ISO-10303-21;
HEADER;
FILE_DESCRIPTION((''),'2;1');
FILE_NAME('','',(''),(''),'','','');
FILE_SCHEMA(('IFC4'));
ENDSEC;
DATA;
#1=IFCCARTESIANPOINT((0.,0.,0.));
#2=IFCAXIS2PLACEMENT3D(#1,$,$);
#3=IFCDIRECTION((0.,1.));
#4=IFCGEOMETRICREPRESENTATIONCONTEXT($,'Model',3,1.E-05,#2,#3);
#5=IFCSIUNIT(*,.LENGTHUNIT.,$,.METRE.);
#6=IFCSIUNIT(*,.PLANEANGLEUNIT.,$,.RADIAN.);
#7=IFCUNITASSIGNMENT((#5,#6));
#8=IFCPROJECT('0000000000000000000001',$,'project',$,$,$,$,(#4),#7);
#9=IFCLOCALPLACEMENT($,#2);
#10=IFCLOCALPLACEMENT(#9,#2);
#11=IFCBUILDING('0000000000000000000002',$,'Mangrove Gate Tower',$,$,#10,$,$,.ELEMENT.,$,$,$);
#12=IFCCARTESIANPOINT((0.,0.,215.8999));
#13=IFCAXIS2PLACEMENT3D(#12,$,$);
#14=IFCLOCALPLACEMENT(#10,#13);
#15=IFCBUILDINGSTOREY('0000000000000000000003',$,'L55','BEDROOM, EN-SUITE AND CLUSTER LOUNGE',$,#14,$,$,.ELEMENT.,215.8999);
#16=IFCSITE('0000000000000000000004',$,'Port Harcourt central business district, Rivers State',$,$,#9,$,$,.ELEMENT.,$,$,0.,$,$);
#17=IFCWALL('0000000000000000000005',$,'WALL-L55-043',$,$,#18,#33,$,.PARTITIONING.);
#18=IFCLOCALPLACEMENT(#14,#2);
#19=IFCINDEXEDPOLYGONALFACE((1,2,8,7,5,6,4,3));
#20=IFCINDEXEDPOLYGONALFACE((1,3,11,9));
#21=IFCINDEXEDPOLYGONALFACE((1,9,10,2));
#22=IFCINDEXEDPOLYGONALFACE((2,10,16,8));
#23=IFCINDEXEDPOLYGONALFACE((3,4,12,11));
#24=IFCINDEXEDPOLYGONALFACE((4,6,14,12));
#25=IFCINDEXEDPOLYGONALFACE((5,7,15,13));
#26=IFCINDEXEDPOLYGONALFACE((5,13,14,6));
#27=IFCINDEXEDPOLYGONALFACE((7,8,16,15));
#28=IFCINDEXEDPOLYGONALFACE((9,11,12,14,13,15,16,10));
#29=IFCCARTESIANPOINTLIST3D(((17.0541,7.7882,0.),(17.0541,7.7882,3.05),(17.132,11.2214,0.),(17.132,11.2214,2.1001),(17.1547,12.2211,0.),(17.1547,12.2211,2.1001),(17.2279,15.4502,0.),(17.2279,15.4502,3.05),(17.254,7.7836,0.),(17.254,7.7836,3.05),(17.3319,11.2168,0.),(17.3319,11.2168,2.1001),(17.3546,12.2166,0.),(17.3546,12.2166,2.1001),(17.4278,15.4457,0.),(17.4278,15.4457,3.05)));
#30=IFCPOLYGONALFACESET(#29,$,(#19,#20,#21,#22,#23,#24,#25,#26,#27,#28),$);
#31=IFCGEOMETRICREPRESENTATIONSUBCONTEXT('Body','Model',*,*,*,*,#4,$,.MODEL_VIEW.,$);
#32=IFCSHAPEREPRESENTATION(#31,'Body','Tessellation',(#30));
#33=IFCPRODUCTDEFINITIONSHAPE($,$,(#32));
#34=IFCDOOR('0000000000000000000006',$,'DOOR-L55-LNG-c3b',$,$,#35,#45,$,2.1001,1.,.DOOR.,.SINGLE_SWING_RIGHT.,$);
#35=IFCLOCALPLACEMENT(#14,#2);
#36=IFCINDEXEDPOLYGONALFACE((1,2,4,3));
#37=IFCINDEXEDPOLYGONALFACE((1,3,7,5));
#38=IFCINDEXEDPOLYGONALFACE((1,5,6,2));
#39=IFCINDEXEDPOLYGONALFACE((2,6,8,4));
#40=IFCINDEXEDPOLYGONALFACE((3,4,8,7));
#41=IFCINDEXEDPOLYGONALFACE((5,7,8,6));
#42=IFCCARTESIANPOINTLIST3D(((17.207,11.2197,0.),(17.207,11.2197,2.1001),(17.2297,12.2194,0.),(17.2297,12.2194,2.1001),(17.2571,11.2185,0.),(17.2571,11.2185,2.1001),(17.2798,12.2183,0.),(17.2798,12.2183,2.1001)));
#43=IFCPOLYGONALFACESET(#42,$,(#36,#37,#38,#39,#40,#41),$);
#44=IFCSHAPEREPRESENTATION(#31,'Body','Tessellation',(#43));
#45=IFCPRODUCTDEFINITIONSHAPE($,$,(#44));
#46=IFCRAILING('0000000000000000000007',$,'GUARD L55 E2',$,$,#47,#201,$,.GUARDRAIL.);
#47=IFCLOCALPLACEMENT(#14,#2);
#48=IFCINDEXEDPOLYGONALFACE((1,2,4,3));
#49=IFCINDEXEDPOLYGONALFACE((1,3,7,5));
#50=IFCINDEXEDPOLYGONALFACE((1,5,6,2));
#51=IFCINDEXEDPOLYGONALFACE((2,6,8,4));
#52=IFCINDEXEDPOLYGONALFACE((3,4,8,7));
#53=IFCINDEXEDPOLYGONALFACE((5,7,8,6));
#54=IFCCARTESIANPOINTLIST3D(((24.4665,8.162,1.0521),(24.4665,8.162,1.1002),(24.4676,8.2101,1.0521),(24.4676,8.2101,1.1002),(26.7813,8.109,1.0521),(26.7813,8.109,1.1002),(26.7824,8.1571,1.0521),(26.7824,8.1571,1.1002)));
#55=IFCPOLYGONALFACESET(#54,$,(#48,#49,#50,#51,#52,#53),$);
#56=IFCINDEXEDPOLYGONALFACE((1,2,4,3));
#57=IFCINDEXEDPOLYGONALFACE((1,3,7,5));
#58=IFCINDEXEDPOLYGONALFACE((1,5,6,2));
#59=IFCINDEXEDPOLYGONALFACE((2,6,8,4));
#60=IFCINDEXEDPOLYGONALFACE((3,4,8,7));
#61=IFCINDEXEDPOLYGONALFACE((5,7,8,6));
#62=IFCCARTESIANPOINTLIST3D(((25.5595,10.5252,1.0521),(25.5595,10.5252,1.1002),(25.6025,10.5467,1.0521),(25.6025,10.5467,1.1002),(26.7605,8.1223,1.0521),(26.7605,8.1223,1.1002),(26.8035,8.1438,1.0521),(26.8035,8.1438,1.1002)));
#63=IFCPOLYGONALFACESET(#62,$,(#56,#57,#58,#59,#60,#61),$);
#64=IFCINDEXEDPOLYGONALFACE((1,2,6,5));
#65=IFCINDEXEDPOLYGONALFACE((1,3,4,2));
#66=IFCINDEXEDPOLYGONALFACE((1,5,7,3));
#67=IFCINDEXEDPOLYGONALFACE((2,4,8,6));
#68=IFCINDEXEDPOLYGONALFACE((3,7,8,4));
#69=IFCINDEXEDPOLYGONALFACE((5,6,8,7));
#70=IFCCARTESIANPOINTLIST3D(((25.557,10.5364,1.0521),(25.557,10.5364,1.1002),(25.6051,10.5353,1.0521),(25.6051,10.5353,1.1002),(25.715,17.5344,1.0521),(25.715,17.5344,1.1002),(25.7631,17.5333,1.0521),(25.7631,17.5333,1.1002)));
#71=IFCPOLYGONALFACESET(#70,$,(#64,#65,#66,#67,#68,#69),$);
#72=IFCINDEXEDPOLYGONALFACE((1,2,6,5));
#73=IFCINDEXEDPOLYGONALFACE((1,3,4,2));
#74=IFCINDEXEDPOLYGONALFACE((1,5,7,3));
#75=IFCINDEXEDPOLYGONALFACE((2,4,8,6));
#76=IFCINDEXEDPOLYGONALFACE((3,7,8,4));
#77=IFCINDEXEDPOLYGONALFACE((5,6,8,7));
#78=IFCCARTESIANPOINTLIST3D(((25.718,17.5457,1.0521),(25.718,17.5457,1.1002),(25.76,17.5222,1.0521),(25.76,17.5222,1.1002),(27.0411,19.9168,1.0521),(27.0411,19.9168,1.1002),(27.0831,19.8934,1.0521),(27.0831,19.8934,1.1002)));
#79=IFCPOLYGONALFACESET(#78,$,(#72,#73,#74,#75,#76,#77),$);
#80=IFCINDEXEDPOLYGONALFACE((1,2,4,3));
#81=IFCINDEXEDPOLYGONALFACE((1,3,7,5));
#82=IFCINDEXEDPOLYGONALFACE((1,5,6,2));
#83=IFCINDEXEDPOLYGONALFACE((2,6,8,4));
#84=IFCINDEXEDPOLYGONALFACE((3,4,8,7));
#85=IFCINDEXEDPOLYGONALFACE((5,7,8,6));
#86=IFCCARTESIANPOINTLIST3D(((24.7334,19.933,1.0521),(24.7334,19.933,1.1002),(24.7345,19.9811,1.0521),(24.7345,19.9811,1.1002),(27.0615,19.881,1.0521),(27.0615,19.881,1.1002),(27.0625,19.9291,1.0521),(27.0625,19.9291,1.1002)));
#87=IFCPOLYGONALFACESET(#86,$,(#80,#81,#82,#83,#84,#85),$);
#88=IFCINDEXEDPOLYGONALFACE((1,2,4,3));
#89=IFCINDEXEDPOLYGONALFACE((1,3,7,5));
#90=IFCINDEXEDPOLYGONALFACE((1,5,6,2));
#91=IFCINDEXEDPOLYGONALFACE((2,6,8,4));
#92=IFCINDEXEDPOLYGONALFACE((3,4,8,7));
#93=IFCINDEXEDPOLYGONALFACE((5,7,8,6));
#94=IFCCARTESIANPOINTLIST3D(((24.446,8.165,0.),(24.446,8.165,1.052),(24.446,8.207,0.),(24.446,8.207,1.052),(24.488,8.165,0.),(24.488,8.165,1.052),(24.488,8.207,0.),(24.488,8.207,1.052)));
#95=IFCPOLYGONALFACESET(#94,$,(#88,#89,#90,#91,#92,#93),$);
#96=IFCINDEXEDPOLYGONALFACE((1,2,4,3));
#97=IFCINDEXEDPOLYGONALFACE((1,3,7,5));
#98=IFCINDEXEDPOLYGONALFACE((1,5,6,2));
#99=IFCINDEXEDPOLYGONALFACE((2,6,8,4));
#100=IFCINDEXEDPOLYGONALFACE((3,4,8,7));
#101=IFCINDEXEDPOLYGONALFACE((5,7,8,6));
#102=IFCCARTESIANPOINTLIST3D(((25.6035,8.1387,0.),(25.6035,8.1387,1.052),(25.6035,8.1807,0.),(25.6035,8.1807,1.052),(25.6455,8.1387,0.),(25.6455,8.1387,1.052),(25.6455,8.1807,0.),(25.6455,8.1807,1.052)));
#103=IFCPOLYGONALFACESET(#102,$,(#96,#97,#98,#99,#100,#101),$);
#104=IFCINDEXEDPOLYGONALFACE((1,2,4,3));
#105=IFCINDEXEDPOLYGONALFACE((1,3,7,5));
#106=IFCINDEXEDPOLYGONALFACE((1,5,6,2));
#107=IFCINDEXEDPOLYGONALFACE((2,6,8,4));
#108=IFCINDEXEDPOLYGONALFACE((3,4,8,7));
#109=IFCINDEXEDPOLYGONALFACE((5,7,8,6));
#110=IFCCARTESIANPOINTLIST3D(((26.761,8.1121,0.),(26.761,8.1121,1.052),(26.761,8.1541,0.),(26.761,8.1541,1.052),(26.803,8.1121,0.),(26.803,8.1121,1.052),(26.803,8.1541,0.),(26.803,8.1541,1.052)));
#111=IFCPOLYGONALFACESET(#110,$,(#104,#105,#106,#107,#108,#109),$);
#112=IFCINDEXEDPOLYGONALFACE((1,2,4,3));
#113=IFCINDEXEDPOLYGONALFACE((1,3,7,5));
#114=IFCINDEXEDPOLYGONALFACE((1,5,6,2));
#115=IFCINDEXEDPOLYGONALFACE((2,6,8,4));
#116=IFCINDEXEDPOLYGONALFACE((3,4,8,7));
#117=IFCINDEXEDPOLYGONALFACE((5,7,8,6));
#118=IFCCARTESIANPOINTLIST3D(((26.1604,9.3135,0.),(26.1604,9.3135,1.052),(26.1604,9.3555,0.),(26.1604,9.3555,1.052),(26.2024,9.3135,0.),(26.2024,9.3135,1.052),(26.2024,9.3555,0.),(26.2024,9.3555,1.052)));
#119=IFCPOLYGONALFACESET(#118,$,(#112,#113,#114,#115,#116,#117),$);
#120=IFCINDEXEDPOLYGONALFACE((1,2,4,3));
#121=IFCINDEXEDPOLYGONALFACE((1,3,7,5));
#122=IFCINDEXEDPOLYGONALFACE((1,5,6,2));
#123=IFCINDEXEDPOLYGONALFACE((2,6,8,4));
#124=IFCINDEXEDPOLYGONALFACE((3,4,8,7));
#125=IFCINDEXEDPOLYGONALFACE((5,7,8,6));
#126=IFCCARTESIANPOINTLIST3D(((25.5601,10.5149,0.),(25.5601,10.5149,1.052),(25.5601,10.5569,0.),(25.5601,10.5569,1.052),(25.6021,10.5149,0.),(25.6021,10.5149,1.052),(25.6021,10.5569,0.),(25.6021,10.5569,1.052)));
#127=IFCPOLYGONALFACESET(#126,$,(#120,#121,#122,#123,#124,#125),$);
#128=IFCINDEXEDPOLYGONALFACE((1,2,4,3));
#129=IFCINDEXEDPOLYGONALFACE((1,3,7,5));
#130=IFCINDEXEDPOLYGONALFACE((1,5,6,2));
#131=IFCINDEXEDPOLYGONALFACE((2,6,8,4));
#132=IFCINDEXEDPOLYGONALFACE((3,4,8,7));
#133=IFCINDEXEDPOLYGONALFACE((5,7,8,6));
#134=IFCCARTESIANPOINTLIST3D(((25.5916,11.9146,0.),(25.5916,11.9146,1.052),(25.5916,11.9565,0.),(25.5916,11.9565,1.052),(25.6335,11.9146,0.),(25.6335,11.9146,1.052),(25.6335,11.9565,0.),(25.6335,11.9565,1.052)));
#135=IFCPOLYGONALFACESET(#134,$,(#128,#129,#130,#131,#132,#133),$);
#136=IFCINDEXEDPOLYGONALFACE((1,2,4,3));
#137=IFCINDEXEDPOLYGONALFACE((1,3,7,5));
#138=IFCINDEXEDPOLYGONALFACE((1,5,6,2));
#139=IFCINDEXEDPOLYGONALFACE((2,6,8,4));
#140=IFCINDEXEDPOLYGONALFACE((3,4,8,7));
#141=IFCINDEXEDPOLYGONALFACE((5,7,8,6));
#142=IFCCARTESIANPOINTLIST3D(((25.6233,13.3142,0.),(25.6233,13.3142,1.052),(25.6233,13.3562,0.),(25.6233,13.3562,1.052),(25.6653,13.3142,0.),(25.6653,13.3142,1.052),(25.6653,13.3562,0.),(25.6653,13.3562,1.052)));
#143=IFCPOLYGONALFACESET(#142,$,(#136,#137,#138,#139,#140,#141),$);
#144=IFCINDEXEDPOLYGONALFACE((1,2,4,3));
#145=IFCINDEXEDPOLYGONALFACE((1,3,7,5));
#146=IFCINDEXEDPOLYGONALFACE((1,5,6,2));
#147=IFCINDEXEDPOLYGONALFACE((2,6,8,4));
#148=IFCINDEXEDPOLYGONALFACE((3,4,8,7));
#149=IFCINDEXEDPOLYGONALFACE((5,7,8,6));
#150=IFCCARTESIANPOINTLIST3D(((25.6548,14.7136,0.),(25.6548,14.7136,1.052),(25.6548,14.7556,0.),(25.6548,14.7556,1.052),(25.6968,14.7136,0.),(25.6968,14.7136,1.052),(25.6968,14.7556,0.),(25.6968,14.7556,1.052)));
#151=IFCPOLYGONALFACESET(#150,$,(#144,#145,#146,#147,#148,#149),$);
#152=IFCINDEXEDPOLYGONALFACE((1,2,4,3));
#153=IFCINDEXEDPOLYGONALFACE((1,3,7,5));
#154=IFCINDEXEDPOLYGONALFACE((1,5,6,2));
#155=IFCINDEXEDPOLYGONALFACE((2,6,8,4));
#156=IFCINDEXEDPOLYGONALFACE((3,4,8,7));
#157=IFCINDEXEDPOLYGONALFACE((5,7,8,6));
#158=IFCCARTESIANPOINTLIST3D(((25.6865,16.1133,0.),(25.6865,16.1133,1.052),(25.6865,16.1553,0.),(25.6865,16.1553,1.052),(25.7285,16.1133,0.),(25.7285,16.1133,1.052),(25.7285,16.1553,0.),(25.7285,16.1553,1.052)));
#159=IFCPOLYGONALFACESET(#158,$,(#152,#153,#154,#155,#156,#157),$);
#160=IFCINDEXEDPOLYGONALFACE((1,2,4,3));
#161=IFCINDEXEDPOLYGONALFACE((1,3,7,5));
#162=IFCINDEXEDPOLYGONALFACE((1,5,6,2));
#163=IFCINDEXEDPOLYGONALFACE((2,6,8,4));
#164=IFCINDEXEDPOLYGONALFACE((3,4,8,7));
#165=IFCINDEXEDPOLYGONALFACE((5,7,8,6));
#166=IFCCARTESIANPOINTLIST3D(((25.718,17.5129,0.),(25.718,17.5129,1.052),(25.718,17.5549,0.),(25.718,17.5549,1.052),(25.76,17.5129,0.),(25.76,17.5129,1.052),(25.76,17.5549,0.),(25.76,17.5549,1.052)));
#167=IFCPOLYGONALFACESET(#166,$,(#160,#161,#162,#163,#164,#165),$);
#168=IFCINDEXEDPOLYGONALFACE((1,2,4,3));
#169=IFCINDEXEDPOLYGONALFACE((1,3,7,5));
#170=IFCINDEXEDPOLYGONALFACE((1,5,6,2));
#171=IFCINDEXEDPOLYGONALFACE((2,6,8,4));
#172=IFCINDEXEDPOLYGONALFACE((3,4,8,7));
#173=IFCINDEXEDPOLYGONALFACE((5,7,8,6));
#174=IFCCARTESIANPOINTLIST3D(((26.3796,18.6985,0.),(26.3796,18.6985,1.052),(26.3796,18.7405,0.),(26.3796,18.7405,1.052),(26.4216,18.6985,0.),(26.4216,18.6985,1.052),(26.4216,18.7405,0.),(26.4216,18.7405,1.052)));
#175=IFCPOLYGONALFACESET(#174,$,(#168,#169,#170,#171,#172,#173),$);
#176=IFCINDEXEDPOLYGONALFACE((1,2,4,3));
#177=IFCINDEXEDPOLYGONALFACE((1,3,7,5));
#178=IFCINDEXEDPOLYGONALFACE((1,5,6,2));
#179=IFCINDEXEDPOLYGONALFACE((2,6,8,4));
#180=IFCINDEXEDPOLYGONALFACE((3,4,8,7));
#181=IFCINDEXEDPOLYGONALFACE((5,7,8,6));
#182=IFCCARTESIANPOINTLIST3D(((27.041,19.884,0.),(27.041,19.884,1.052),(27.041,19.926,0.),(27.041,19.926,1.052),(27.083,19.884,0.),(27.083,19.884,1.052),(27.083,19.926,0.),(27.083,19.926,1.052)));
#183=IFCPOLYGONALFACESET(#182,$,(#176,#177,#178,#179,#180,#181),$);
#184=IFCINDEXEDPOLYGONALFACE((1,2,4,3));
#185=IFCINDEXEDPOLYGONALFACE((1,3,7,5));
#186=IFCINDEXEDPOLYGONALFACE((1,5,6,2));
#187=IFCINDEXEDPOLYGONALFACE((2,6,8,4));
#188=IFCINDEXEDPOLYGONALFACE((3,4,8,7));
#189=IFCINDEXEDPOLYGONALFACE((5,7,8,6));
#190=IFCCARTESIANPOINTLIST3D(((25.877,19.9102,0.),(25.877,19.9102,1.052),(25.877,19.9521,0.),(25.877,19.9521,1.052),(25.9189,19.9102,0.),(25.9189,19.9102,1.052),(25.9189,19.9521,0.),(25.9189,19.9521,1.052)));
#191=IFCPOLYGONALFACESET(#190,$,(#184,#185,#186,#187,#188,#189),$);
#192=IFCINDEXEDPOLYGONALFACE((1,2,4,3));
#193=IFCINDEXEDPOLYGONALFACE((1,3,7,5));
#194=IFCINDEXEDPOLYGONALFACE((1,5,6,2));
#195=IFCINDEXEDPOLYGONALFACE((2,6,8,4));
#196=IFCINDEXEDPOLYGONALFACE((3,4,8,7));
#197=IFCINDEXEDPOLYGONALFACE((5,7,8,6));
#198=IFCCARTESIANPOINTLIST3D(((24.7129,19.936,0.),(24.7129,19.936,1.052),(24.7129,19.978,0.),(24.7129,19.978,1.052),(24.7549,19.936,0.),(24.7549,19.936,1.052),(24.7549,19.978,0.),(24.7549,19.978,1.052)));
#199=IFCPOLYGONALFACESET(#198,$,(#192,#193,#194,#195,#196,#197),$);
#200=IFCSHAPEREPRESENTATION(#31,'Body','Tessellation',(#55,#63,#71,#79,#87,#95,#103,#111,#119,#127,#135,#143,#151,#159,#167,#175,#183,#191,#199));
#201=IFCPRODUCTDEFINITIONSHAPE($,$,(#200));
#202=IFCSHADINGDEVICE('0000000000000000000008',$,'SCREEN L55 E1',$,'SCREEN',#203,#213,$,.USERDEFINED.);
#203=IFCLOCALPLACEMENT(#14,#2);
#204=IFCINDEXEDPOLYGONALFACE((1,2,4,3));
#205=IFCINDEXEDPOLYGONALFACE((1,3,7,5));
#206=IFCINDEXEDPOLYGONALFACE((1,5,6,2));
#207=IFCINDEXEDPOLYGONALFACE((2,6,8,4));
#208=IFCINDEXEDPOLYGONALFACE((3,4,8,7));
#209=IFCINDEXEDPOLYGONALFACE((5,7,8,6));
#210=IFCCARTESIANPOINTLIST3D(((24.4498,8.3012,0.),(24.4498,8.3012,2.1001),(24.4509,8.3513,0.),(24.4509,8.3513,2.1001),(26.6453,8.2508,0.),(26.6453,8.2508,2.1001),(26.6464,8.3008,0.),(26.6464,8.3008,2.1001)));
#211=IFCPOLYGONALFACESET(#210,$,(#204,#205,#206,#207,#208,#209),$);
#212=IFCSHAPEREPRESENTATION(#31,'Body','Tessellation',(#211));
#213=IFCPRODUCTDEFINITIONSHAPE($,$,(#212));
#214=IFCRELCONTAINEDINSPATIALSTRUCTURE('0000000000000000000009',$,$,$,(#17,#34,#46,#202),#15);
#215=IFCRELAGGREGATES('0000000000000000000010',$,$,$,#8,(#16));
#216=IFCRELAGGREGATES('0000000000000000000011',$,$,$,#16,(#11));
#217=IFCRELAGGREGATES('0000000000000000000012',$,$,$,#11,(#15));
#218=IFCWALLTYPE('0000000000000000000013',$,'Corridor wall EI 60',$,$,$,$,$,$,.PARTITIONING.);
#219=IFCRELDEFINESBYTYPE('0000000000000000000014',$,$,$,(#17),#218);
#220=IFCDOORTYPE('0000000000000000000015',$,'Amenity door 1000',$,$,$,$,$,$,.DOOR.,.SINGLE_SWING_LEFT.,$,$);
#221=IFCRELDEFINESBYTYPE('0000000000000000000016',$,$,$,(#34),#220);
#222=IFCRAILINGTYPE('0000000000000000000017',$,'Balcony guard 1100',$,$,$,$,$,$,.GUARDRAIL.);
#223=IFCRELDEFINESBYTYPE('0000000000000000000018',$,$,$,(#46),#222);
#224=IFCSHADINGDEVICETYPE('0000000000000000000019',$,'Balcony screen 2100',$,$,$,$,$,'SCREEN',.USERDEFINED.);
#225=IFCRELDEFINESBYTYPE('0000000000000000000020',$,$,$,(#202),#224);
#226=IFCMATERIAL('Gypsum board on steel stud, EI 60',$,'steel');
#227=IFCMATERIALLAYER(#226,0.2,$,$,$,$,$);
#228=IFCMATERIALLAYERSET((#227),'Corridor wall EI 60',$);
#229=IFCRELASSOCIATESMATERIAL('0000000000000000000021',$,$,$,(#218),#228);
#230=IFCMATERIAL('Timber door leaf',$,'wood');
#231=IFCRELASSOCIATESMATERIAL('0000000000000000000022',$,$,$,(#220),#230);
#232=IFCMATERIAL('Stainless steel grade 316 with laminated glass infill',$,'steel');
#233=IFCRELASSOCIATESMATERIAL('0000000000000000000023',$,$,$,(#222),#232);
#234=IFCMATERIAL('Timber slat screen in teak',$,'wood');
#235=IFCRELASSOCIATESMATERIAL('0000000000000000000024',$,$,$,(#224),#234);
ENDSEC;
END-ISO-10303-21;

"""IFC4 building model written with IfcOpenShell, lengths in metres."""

from ifc_helpers import new_model, si_unit, direction, frame, frame_2d, origin, origin_2d, place, context, subcontext, project, spatial, rectangle, extrude, material, layer, layer_set, type_object, element, fill, save


model = new_model("IFC4")

# Units and contexts
model_context = context("Model", 3, precision=1e-05, world=origin(), true_north=direction((0.0, 1.0)))
body_context = subcontext(model_context, "Body", "Model", "MODEL_VIEW")
ifc_project = project(units=[si_unit("LENGTHUNIT", "METRE"), si_unit("PLANEANGLEUNIT", "RADIAN")], contexts=[model_context])

# Site, building, storey
site_placement = place(None, origin())
site = spatial("IfcSite", under=ifc_project, at=site_placement, Name="Port Harcourt central business district, Rivers State", CompositionType="ELEMENT", RefElevation=0.0)
building_placement = place(site_placement, origin())
building = spatial("IfcBuilding", under=site, at=building_placement, Name="Mangrove Gate Tower", CompositionType="ELEMENT")
storey_placement = place(building_placement, frame((0.0, 0.0, 215.8999)))
storey = spatial("IfcBuildingStorey", under=building, at=storey_placement, Name="L55", Description="BEDROOM, EN-SUITE AND CLUSTER LOUNGE", CompositionType="ELEMENT", Elevation=215.8999)

# Wall, opening, door
ifc_material_1 = material(Name="Gypsum board on steel stud, EI 60", Category="steel")
ifc_layer_1 = layer(ifc_material_1, 0.2)
ifc_layer_set_1 = layer_set([ifc_layer_1], Name="Corridor wall EI 60")
wall_type_1 = type_object("IfcWallType", Name="Corridor wall EI 60", PredefinedType="PARTITIONING", material=ifc_layer_set_1)
wall_1_placement = place(storey_placement, frame((17.1541, 7.7859, 0.0), z_axis=(0.0, 0.0, 1.0), x_axis=(0.022681, 0.999743, 0.0)))
wall_1 = element("IfcWall", 1, at=wall_1_placement, inside=storey, type_object=wall_type_1, Name="WALL-L55-043", PredefinedType="PARTITIONING", context=body_context, shape_type="SweptSolid", body=[
    extrude(rectangle(XDim=7.6641, YDim=0.2, at=frame_2d((3.832, 0.0))), origin(), (0.0, 0.0, 1.0), 3.05),
])
opening_1_placement = place(wall_1_placement, frame((3.4341, 0.0, 0.0)))
opening_1 = element("IfcOpeningElement", 2, at=opening_1_placement, cuts=wall_1, PredefinedType="OPENING", context=body_context, shape_type="SweptSolid", body=[
    extrude(rectangle(XDim=1.0, YDim=2.1001, at=frame_2d((0.5, 1.05))), frame((0.0, 0.1099, 0.0), z_axis=(0.0, -1.0, 0.0), x_axis=(1.0, 0.0, 0.0)), (0.0, 0.0, 1.0), 0.22),
])
ifc_material_2 = material(Name="Timber door leaf", Category="wood")
door_type_1 = type_object("IfcDoorType", Name="Amenity door 1000", OperationType="SINGLE_SWING_LEFT", PredefinedType="DOOR", material=ifc_material_2)
door_1_placement = place(opening_1_placement, origin())
door_1 = element("IfcDoor", 3, at=door_1_placement, inside=storey, type_object=door_type_1, Name="DOOR-L55-LNG-c3b", OperationType="SINGLE_SWING_RIGHT", OverallHeight=2.1001, OverallWidth=1.0, PredefinedType="DOOR", context=body_context, shape_type="SweptSolid", body=[
    extrude(rectangle(XDim=1.0, YDim=2.1001, at=frame_2d((0.5, 1.05))), frame((0.0, 0.0249, 0.0), z_axis=(0.0, -1.0, 0.0), x_axis=(1.0, 0.0, 0.0)), (0.0, 0.0, 1.0), 0.05),
])
fill(opening_1, door_1)

# Railing
ifc_material_3 = material(Name="Stainless steel grade 316 with laminated glass infill", Category="steel")
railing_type = type_object("IfcRailingType", Name="Balcony guard 1100", PredefinedType="GUARDRAIL", material=ifc_material_3)
railing_placement = place(storey_placement, frame((24.467, 8.186, 0.0)))
element("IfcRailing", 4, at=railing_placement, inside=storey, type_object=railing_type, Name="GUARD L55 E2", PredefinedType="GUARDRAIL", context=body_context, shape_type="SweptSolid", body=[
    extrude(rectangle(XDim=0.0481, YDim=0.0481, at=origin_2d()), frame((0.0, 0.0, 1.0762), z_axis=(0.999738, -0.022879, 0.0), x_axis=(0.022879, 0.999738, 0.0)), (0.0, 0.0, 1.0), 2.3154),
    extrude(rectangle(XDim=0.0481, YDim=0.0481, at=origin_2d()), frame((2.3149, -0.053, 1.0762), z_axis=(-0.447068, 0.8945, 0.0), x_axis=(-0.8945, -0.447068, 0.0)), (0.0, 0.0, 1.0), 2.6863),
    extrude(rectangle(XDim=0.0481, YDim=0.0481, at=origin_2d()), frame((1.114, 2.3499, 1.0762), z_axis=(0.022566, 0.999745, 0.0), x_axis=(-0.999745, 0.022566, 0.0)), (0.0, 0.0, 1.0), 6.9998),
    extrude(rectangle(XDim=0.0481, YDim=0.0481, at=origin_2d()), frame((1.272, 9.3479, 1.0762), z_axis=(0.487253, 0.873261, 0.0), x_axis=(-0.873261, 0.487253, 0.0)), (0.0, 0.0, 1.0), 2.7153),
    extrude(rectangle(XDim=0.0481, YDim=0.0481, at=origin_2d()), frame((2.595, 11.719, 1.0762), z_axis=(-0.999751, 0.022331, 0.0), x_axis=(-0.022331, -0.999751, 0.0)), (0.0, 0.0, 1.0), 2.3286),
    extrude(rectangle(XDim=0.042, YDim=0.042, at=origin_2d()), origin(), (0.0, 0.0, 1.0), 1.052),
    extrude(rectangle(XDim=0.042, YDim=0.042, at=origin_2d()), frame((1.1575, -0.0264, 0.0)), (0.0, 0.0, 1.0), 1.052),
    extrude(rectangle(XDim=0.042, YDim=0.042, at=origin_2d()), frame((2.3149, -0.053, 0.0)), (0.0, 0.0, 1.0), 1.052),
    extrude(rectangle(XDim=0.042, YDim=0.042, at=origin_2d()), frame((1.7144, 1.1484, 0.0)), (0.0, 0.0, 1.0), 1.052),
    extrude(rectangle(XDim=0.042, YDim=0.042, at=origin_2d()), frame((1.114, 2.3499, 0.0)), (0.0, 0.0, 1.0), 1.052),
    extrude(rectangle(XDim=0.042, YDim=0.042, at=origin_2d()), frame((1.1455, 3.7495, 0.0)), (0.0, 0.0, 1.0), 1.052),
    extrude(rectangle(XDim=0.042, YDim=0.042, at=origin_2d()), frame((1.1772, 5.1492, 0.0)), (0.0, 0.0, 1.0), 1.052),
    extrude(rectangle(XDim=0.042, YDim=0.042, at=origin_2d()), frame((1.2087, 6.5486, 0.0)), (0.0, 0.0, 1.0), 1.052),
    extrude(rectangle(XDim=0.042, YDim=0.042, at=origin_2d()), frame((1.2405, 7.9482, 0.0)), (0.0, 0.0, 1.0), 1.052),
    extrude(rectangle(XDim=0.042, YDim=0.042, at=origin_2d()), frame((1.272, 9.3479, 0.0)), (0.0, 0.0, 1.0), 1.052),
    extrude(rectangle(XDim=0.042, YDim=0.042, at=origin_2d()), frame((1.9336, 10.5334, 0.0)), (0.0, 0.0, 1.0), 1.052),
    extrude(rectangle(XDim=0.042, YDim=0.042, at=origin_2d()), frame((2.595, 11.719, 0.0)), (0.0, 0.0, 1.0), 1.052),
    extrude(rectangle(XDim=0.042, YDim=0.042, at=origin_2d()), frame((1.4309, 11.7451, 0.0)), (0.0, 0.0, 1.0), 1.052),
    extrude(rectangle(XDim=0.042, YDim=0.042, at=origin_2d()), frame((0.2668, 11.771, 0.0)), (0.0, 0.0, 1.0), 1.052),
])

# Shading device
ifc_material_4 = material(Name="Timber slat screen in teak", Category="wood")
shading_device_type = type_object("IfcShadingDeviceType", Name="Balcony screen 2100", ElementType="SCREEN", PredefinedType="USERDEFINED", material=ifc_material_4)
shading_device_placement = place(storey_placement, frame((25.5481, 8.301, 0.0), z_axis=(0.0, 0.0, 1.0), x_axis=(0.999736, -0.022967, 0.0)))
element("IfcShadingDevice", 5, at=shading_device_placement, inside=storey, type_object=shading_device_type, Name="SCREEN L55 E1", ObjectType="SCREEN", PredefinedType="USERDEFINED", context=body_context, shape_type="SweptSolid", body=[
    extrude(rectangle(XDim=2.196, YDim=0.05, at=origin_2d()), origin(), (0.0, 0.0, 1.0), 2.1001),
])

save(model, "model.ifc")
